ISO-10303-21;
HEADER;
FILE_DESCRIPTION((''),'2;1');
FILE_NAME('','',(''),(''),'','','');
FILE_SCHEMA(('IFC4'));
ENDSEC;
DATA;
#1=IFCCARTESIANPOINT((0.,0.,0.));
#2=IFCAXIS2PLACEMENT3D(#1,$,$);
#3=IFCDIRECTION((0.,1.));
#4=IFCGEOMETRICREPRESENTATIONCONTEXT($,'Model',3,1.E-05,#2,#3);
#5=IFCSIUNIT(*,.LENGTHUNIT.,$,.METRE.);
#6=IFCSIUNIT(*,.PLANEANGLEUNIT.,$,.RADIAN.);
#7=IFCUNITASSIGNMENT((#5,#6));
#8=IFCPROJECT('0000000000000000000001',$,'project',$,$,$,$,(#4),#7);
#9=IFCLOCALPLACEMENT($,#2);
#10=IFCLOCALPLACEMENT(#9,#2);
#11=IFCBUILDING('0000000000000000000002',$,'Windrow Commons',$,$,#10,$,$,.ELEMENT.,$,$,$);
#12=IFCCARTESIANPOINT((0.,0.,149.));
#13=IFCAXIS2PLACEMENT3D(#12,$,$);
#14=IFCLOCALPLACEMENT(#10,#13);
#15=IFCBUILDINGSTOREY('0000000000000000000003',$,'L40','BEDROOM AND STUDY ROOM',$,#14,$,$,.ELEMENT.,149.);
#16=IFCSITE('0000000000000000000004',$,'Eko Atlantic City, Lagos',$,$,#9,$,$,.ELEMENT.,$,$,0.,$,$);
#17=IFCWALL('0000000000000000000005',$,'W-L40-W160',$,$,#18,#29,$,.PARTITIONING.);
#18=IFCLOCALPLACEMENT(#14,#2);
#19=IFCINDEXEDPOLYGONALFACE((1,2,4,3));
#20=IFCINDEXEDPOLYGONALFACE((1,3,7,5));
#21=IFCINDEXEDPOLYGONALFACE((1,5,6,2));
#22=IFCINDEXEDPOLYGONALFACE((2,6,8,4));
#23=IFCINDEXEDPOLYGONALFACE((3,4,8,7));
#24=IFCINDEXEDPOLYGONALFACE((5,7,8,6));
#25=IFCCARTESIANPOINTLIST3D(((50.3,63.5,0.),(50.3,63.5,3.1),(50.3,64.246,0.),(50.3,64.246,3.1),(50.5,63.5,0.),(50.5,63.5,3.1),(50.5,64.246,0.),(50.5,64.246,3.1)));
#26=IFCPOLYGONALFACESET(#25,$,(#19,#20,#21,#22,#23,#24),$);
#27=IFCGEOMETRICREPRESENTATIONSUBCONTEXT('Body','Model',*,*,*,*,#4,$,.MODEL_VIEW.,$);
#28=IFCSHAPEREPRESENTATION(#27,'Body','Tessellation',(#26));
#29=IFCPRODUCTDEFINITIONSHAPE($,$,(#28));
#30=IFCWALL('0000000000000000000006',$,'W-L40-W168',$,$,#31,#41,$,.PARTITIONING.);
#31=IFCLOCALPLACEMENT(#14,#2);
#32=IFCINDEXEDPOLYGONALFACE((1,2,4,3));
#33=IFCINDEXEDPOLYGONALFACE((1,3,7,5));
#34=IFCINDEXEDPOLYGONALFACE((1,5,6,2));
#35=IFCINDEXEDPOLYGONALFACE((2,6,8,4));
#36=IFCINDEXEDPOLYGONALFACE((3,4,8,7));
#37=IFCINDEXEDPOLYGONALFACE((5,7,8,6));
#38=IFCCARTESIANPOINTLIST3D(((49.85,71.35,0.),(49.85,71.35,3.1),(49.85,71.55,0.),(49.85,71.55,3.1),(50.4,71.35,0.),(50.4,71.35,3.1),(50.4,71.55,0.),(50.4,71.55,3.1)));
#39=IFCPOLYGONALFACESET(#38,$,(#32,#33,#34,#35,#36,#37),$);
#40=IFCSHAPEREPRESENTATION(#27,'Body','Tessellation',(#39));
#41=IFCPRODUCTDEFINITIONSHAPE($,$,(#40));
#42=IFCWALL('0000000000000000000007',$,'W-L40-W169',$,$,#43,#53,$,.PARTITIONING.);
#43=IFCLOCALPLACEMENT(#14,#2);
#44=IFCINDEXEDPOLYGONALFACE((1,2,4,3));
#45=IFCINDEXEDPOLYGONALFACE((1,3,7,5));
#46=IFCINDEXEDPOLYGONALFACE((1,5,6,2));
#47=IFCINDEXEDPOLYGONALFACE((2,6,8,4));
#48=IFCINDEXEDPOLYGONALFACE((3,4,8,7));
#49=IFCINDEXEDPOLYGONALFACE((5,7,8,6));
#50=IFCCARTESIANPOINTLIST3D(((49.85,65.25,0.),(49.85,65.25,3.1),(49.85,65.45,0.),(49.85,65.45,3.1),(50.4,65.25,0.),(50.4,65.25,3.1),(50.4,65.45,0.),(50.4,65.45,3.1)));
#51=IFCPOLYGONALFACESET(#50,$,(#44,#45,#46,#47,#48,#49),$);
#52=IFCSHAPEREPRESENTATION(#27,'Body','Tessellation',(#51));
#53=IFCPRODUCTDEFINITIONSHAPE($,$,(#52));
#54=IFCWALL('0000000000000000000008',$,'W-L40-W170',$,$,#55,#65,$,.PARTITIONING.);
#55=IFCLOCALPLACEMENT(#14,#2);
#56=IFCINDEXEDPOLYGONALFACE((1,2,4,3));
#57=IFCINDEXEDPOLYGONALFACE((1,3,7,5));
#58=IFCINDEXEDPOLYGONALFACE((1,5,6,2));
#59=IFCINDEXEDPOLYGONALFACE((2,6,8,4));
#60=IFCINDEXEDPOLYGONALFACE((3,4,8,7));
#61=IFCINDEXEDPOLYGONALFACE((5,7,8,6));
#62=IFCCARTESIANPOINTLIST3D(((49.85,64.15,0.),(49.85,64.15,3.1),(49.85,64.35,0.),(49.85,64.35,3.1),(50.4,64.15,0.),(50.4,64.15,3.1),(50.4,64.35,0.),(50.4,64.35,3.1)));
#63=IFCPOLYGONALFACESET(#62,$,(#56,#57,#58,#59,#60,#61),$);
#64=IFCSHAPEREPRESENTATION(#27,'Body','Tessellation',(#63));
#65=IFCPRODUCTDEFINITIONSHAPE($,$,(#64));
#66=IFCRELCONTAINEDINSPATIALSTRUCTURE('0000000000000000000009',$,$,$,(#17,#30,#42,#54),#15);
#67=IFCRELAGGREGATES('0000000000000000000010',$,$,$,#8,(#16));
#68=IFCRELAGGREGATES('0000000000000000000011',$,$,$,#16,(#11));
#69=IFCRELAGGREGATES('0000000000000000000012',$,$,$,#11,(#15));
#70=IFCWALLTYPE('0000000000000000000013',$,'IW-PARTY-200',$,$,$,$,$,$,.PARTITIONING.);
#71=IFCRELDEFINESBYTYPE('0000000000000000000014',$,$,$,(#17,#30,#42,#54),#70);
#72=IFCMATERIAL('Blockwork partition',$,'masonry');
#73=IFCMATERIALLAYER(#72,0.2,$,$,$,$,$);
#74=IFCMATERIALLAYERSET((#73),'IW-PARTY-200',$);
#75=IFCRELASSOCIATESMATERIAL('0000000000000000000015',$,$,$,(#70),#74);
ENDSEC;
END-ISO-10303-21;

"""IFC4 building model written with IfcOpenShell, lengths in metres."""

from ifc_helpers import new_model, si_unit, direction, frame, frame_2d, origin, place, context, subcontext, project, spatial, rectangle, extrude, material, layer, layer_set, type_object, element, save


model = new_model("IFC4")

# Units and contexts
model_context = context("Model", 3, precision=1e-05, world=origin(), true_north=direction((0.0, 1.0)))
body_context = subcontext(model_context, "Body", "Model", "MODEL_VIEW")
ifc_project = project(units=[si_unit("LENGTHUNIT", "METRE"), si_unit("PLANEANGLEUNIT", "RADIAN")], contexts=[model_context])

# Site, building, storey
site_placement = place(None, origin())
site = spatial("IfcSite", under=ifc_project, at=site_placement, Name="Eko Atlantic City, Lagos", CompositionType="ELEMENT", RefElevation=0.0)
building_placement = place(site_placement, origin())
building = spatial("IfcBuilding", under=site, at=building_placement, Name="Windrow Commons", CompositionType="ELEMENT")
storey_placement = place(building_placement, frame((0.0, 0.0, 149.0)))
storey = spatial("IfcBuildingStorey", under=building, at=storey_placement, Name="L40", Description="BEDROOM AND STUDY ROOM", CompositionType="ELEMENT", Elevation=149.0)

# Walls
ifc_material_1 = material(Name="Blockwork partition", Category="masonry")
ifc_layer_1 = layer(ifc_material_1, 0.2)
ifc_layer_set_1 = layer_set([ifc_layer_1], Name="IW-PARTY-200")
wall_type_1 = type_object("IfcWallType", Name="IW-PARTY-200", PredefinedType="PARTITIONING", material=ifc_layer_set_1)
wall_1_placement = place(storey_placement, frame((50.4, 63.5, 0.0), z_axis=(0.0, 0.0, 1.0), x_axis=(0.0, 1.0, 0.0)))
element("IfcWall", 1, at=wall_1_placement, inside=storey, type_object=wall_type_1, Name="W-L40-W160", PredefinedType="PARTITIONING", context=body_context, shape_type="SweptSolid", body=[
    extrude(rectangle(XDim=0.746, YDim=0.2, at=frame_2d((0.373, 0.0))), origin(), (0.0, 0.0, 1.0), 3.1),
])
for number, where, z_axis, x_axis, name in (
    (2, (49.85, 71.45, 0.0), (0.0, 0.0, 1.0), (1.0, 0.0, 0.0), "W-L40-W168"),
    (3, (49.85, 65.35, 0.0), (0.0, 0.0, 1.0), (1.0, 0.0, 0.0), "W-L40-W169"),
    (4, (49.85, 64.25, 0.0), (0.0, 0.0, 1.0), (1.0, 0.0, 0.0), "W-L40-W170"),
):
    element("IfcWall", number, at=place(storey_placement, frame(where, z_axis=z_axis, x_axis=x_axis)), inside=storey, type_object=wall_type_1, Name=name, PredefinedType="PARTITIONING", context=body_context, shape_type="SweptSolid", body=[
        extrude(rectangle(XDim=0.55, YDim=0.2, at=frame_2d((0.275, 0.0))), origin(), (0.0, 0.0, 1.0), 3.1),
    ])

save(model, "model.ifc")
